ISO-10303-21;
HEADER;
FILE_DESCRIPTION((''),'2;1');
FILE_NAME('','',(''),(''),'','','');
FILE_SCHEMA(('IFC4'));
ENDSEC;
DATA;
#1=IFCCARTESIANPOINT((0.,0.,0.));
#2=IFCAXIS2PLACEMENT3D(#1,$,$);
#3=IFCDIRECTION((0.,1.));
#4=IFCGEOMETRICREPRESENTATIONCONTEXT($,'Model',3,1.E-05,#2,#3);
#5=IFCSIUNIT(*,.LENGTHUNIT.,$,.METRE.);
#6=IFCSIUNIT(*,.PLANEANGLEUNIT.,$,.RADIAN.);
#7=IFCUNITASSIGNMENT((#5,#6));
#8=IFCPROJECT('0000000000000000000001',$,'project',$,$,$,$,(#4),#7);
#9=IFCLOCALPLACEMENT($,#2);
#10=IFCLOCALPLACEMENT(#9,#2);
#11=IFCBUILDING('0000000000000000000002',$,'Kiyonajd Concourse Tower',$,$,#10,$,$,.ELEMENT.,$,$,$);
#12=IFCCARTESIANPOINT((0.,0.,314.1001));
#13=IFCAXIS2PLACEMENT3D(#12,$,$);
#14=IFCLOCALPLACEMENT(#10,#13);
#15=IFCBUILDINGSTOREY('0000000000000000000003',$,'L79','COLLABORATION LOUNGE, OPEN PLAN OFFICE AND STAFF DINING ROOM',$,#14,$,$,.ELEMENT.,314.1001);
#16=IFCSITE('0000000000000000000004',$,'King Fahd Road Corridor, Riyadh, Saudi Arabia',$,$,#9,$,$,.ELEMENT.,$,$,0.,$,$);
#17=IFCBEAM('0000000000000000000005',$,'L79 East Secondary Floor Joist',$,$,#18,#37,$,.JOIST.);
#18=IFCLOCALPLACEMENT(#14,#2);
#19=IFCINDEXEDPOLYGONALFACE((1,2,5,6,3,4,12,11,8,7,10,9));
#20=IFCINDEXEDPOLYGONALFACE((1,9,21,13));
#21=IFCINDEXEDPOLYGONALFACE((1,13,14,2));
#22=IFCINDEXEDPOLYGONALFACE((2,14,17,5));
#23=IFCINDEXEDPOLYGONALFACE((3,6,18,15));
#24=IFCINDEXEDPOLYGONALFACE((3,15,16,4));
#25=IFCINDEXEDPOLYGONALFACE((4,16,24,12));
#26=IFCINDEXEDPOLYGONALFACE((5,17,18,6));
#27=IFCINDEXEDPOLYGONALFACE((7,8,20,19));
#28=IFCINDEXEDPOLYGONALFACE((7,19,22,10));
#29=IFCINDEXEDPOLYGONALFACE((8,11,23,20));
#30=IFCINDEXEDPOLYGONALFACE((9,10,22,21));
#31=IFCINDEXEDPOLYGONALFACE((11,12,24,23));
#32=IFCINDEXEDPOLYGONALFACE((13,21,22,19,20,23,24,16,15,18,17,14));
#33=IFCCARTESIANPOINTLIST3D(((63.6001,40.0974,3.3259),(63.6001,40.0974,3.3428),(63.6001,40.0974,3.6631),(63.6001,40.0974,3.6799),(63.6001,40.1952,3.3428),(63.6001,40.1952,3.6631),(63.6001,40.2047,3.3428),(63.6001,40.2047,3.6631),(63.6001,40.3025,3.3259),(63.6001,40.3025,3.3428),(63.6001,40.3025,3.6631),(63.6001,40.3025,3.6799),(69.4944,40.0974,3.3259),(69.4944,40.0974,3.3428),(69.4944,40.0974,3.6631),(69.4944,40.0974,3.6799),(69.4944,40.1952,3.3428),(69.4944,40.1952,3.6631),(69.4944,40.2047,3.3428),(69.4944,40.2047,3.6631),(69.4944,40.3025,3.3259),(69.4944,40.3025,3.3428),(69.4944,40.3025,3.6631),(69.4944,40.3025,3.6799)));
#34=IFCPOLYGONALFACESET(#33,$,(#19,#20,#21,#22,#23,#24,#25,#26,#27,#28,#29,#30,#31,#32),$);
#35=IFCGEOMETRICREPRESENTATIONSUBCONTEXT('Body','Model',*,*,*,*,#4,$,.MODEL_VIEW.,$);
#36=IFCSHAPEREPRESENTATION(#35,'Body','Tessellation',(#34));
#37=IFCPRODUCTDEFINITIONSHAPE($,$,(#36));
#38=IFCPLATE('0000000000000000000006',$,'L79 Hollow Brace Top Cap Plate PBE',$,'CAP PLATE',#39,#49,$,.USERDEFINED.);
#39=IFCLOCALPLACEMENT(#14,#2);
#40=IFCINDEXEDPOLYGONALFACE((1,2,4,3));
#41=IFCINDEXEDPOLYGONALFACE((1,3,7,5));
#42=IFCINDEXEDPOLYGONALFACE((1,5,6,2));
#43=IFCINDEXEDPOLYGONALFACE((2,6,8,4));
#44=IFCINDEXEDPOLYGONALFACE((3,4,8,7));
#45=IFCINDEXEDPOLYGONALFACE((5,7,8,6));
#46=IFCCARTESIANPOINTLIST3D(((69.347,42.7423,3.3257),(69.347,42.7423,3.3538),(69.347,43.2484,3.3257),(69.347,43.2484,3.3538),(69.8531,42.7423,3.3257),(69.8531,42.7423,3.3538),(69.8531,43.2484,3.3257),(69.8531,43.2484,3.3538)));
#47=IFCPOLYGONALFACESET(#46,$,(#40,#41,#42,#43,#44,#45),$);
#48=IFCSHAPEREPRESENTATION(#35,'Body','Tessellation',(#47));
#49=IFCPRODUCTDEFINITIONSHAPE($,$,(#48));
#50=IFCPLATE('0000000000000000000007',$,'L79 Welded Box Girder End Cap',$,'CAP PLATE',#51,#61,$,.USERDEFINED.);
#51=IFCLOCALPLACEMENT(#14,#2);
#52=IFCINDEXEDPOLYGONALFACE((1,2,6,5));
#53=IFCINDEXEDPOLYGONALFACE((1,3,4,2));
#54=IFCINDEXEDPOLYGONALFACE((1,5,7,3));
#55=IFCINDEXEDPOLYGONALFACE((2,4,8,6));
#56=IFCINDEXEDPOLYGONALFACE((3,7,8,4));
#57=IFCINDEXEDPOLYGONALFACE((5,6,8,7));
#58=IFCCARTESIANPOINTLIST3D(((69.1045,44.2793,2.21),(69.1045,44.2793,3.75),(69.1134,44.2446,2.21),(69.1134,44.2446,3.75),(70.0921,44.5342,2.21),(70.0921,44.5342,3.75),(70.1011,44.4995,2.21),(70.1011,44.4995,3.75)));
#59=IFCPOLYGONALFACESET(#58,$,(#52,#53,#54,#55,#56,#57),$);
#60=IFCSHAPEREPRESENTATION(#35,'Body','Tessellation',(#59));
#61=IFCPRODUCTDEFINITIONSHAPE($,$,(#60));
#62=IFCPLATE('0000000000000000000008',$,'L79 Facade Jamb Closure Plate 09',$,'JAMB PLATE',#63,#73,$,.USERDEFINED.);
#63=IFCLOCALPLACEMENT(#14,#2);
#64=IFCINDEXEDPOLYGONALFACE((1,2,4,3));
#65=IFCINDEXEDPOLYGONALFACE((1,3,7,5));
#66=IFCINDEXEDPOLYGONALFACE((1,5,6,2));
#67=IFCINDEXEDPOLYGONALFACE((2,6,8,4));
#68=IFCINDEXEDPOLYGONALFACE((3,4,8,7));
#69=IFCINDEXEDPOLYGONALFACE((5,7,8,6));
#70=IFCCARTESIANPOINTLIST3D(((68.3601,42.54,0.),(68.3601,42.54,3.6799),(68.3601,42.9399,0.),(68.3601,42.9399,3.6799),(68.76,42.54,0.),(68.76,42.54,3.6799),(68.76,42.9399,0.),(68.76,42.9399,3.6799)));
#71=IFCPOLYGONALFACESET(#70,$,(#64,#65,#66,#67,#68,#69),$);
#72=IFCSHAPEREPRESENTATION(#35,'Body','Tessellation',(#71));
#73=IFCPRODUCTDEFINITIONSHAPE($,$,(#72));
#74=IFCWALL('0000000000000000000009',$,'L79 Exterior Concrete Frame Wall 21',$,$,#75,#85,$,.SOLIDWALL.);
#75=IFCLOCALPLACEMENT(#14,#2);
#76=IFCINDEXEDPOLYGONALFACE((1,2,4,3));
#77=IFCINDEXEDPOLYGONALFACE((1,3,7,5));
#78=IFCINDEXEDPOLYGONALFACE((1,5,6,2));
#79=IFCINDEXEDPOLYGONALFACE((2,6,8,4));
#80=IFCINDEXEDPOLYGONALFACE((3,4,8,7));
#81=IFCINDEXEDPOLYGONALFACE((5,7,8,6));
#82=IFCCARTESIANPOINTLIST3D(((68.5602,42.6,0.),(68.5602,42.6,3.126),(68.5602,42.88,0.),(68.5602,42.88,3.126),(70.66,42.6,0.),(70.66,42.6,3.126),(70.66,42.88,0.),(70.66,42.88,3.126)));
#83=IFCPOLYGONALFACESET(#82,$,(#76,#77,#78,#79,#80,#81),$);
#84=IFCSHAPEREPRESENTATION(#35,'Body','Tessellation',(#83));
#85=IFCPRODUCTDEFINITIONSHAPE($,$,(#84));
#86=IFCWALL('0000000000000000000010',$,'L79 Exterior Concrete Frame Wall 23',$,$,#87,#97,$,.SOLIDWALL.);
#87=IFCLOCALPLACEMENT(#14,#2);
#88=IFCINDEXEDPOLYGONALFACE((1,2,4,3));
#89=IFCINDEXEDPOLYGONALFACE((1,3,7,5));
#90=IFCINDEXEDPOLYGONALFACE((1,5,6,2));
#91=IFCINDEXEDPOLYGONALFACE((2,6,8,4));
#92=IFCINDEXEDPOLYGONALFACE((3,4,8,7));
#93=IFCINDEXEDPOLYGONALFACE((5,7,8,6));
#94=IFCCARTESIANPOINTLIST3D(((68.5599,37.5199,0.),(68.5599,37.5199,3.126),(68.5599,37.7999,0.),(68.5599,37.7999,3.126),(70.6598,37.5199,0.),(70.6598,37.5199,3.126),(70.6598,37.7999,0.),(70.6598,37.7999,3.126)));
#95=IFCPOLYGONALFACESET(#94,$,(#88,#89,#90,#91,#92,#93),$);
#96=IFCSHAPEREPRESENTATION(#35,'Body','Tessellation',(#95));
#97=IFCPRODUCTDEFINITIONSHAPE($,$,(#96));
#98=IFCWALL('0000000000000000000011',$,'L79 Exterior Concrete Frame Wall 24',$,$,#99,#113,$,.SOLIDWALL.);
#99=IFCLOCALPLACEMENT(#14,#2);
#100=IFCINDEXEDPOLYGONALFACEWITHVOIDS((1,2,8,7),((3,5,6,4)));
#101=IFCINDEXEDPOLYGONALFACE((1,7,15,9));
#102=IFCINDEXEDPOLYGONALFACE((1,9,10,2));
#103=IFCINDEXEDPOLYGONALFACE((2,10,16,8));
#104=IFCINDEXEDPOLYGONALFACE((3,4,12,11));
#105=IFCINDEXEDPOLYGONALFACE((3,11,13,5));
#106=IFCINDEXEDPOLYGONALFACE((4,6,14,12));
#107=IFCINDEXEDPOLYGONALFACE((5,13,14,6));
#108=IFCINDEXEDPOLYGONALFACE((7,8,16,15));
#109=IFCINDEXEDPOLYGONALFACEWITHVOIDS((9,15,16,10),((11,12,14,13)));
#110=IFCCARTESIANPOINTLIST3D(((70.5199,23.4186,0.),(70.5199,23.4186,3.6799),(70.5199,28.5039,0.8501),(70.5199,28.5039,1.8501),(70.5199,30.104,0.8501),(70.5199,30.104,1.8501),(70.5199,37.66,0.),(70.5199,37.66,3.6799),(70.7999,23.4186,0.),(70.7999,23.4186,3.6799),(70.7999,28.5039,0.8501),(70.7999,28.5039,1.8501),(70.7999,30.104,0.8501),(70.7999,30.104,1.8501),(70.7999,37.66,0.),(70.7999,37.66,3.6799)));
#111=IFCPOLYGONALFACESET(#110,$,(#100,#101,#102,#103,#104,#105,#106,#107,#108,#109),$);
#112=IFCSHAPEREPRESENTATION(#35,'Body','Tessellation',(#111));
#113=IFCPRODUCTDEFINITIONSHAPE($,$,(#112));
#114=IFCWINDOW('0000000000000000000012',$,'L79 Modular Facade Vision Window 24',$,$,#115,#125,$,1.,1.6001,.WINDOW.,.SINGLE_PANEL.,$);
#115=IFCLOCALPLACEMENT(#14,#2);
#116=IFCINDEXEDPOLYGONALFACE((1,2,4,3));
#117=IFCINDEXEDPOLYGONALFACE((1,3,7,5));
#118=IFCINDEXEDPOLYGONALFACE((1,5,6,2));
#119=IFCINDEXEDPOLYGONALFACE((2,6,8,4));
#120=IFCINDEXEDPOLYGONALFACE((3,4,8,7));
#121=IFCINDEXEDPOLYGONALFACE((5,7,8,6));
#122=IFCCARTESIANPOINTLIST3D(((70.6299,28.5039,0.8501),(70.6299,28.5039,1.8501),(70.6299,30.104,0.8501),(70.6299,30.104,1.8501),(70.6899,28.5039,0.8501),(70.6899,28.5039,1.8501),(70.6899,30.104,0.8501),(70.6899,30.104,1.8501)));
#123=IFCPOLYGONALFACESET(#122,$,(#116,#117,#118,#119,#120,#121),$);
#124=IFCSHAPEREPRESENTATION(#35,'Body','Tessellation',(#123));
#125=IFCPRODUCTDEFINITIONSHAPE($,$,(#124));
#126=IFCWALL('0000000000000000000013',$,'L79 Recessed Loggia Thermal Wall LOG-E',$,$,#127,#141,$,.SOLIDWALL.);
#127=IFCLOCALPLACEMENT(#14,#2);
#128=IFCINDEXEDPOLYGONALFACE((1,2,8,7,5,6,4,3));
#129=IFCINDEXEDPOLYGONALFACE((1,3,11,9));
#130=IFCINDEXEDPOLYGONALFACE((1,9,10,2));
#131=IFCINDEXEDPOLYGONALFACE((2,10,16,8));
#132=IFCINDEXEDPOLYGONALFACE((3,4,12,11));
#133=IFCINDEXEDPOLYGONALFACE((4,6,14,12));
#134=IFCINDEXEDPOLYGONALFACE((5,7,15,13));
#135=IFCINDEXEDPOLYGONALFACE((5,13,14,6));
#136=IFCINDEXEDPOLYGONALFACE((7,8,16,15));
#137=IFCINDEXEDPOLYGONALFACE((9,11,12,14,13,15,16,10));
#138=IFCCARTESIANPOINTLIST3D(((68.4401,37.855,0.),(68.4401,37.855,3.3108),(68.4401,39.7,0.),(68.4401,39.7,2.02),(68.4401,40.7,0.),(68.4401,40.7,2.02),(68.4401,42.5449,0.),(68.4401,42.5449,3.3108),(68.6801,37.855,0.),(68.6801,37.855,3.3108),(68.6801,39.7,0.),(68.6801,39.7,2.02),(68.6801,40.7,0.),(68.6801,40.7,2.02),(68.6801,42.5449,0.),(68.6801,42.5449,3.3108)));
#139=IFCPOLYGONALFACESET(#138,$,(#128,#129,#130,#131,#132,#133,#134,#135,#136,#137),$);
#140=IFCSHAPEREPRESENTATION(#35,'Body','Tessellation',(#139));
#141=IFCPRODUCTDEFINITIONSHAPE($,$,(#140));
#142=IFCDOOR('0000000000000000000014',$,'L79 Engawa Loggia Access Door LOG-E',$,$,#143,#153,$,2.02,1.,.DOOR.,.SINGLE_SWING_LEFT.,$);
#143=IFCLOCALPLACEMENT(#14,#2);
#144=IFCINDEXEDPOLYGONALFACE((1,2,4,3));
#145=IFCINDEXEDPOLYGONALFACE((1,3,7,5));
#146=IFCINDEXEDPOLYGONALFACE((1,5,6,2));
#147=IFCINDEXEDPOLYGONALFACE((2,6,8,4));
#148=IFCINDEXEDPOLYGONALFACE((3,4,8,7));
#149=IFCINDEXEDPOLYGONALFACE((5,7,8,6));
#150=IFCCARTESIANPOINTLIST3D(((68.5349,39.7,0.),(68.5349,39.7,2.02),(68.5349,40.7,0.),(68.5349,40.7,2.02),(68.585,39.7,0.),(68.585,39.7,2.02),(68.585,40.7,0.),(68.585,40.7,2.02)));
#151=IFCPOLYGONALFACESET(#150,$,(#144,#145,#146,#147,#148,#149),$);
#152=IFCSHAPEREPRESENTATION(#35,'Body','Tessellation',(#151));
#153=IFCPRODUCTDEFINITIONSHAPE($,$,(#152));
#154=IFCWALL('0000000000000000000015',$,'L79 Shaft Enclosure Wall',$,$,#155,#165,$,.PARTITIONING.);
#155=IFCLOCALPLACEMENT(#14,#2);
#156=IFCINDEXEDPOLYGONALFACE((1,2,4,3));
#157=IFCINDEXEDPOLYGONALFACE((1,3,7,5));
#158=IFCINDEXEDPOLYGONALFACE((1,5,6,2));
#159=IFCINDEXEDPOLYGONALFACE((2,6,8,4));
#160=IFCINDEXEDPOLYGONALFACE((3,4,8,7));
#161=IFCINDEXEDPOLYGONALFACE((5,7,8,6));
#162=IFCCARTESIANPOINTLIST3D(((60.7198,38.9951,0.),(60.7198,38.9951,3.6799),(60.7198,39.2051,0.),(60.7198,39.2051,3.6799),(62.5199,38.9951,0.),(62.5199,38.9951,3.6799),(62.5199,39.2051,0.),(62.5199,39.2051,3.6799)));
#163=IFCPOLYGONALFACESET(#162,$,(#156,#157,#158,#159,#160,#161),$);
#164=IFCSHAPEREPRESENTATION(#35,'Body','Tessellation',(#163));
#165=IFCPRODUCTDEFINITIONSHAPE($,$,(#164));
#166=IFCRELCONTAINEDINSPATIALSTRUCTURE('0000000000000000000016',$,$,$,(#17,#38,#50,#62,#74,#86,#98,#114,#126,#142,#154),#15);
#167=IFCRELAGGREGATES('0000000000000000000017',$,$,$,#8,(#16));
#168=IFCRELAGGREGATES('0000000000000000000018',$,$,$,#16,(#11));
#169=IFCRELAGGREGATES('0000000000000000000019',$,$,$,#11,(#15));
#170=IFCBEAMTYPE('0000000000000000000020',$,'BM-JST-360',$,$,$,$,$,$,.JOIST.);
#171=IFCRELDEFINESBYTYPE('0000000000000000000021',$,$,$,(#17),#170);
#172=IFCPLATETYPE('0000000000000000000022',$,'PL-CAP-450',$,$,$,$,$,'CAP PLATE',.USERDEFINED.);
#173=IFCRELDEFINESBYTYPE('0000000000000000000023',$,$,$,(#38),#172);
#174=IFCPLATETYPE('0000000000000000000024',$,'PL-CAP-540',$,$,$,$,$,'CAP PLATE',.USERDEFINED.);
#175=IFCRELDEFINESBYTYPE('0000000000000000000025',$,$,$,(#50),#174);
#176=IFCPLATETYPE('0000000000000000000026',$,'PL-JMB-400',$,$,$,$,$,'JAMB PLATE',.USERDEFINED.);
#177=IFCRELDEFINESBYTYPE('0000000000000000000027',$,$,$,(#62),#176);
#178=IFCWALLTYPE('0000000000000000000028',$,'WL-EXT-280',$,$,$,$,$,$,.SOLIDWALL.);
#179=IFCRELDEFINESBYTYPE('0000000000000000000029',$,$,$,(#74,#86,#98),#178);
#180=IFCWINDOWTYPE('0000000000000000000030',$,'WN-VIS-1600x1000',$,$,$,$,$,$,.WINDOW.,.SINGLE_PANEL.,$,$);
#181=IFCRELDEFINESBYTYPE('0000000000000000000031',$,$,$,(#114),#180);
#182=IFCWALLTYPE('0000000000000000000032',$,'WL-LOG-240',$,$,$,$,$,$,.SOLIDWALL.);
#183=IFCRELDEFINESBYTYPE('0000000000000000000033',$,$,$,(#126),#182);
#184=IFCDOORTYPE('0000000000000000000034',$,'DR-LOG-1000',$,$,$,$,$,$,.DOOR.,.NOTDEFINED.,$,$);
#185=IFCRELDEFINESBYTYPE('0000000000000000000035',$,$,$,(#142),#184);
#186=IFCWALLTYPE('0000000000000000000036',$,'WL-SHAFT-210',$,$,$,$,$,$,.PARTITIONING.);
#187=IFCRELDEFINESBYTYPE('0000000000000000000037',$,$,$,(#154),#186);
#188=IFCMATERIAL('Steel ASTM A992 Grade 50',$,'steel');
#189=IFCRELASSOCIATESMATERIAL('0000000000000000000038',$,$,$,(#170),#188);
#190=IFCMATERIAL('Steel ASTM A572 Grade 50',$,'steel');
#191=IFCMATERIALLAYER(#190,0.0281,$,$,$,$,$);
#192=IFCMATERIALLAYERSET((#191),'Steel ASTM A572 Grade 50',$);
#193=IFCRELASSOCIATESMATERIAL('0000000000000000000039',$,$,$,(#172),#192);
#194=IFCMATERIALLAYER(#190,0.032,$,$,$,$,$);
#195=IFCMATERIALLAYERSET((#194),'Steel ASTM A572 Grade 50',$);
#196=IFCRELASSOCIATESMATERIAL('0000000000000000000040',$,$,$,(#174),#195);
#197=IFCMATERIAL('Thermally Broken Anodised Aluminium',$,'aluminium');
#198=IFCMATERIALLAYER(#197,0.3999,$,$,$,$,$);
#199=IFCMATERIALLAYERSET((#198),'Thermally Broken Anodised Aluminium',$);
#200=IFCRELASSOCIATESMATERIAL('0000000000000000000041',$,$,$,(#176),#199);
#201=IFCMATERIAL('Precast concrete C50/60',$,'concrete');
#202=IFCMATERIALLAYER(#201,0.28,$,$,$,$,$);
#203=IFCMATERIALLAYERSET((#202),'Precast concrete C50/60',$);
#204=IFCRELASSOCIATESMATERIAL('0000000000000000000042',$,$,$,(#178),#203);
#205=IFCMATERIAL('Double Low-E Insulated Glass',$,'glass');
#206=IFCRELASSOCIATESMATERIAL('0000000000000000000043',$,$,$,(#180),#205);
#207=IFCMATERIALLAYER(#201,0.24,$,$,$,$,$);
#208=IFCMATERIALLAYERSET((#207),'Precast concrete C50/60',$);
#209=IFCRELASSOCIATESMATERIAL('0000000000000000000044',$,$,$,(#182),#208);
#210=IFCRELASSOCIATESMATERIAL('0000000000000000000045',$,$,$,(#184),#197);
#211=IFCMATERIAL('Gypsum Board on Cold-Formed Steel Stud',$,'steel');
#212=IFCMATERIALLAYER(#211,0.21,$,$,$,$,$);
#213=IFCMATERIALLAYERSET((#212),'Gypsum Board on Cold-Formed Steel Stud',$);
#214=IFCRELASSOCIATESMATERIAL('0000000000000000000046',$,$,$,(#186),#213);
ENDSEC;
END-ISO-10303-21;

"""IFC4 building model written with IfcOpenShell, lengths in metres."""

from ifc_helpers import new_model, si_unit, direction, frame, frame_2d, origin, origin_2d, place, context, subcontext, project, spatial, rectangle, i_section, extrude, material, layer, layer_set, material_profile, profile_set, type_object, element, fill, save


model = new_model("IFC4")

# Units and contexts
model_context = context("Model", 3, precision=1e-05, world=origin(), true_north=direction((0.0, 1.0)))
body_context = subcontext(model_context, "Body", "Model", "MODEL_VIEW")
ifc_project = project(units=[si_unit("LENGTHUNIT", "METRE"), si_unit("PLANEANGLEUNIT", "RADIAN")], contexts=[model_context])

# Site, building, storey
site_placement = place(None, origin())
site = spatial("IfcSite", under=ifc_project, at=site_placement, Name="King Fahd Road Corridor, Riyadh, Saudi Arabia", CompositionType="ELEMENT", RefElevation=0.0)
building_placement = place(site_placement, origin())
building = spatial("IfcBuilding", under=site, at=building_placement, Name="Kiyonajd Concourse Tower", CompositionType="ELEMENT")
storey_placement = place(building_placement, frame((0.0, 0.0, 314.1001)))
storey = spatial("IfcBuildingStorey", under=building, at=storey_placement, Name="L79", Description="COLLABORATION LOUNGE, OPEN PLAN OFFICE AND STAFF DINING ROOM", CompositionType="ELEMENT", Elevation=314.1001)

# Beam
ifc_material_1 = material(Name="Steel ASTM A992 Grade 50", Category="steel")
ifc_material_profile = material_profile(ifc_material_1, i_section(OverallWidth=0.2051, OverallDepth=0.354, WebThickness=0.0095, FlangeThickness=0.0168, at=origin_2d()), Name="W360X79")
ifc_profile_set = profile_set([ifc_material_profile], Name="Steel ASTM A992 Grade 50")
beam_type = type_object("IfcBeamType", Name="BM-JST-360", PredefinedType="JOIST", material=ifc_profile_set)
beam_placement = place(storey_placement, frame((63.6001, 40.2, 3.5029), z_axis=(1.0, 0.0, 0.0), x_axis=(0.0, 1.0, 0.0)))
element("IfcBeam", 1, at=beam_placement, inside=storey, type_object=beam_type, Name="L79 East Secondary Floor Joist", PredefinedType="JOIST", context=body_context, shape_type="SweptSolid", body=[
    extrude(i_section(OverallWidth=0.2051, OverallDepth=0.354, WebThickness=0.0095, FlangeThickness=0.0168, at=origin_2d()), origin(), (0.0, 0.0, 1.0), 5.8943),
])

# Plates
ifc_material_2 = material(Name="Steel ASTM A572 Grade 50", Category="steel")
ifc_layer_1 = layer(ifc_material_2, 0.0281)
ifc_layer_set_1 = layer_set([ifc_layer_1], Name="Steel ASTM A572 Grade 50")
plate_type_1 = type_object("IfcPlateType", Name="PL-CAP-450", ElementType="CAP PLATE", PredefinedType="USERDEFINED", material=ifc_layer_set_1)
plate_1_placement = place(storey_placement, frame((69.6001, 42.9954, 3.3257), z_axis=(0.0, 0.0, 1.0), x_axis=(1.0, 0.0, 0.0)))
element("IfcPlate", 2, at=plate_1_placement, inside=storey, type_object=plate_type_1, Name="L79 Hollow Brace Top Cap Plate PBE", ObjectType="CAP PLATE", PredefinedType="USERDEFINED", context=body_context, shape_type="SweptSolid", body=[
    extrude(rectangle(XDim=0.5061, YDim=0.5061, at=origin_2d()), origin(), (0.0, 0.0, 1.0), 0.0281),
])
ifc_layer_2 = layer(ifc_material_2, 0.032)
ifc_layer_set_2 = layer_set([ifc_layer_2], Name="Steel ASTM A572 Grade 50")
plate_type_2 = type_object("IfcPlateType", Name="PL-CAP-540", ElementType="CAP PLATE", PredefinedType="USERDEFINED", material=ifc_layer_set_2)
plate_2_placement = place(storey_placement, frame((69.6028, 44.3894, 2.21), z_axis=(0.0, 0.0, 1.0), x_axis=(0.249873, -0.968279, 0.0)))
element("IfcPlate", 3, at=plate_2_placement, inside=storey, type_object=plate_type_2, Name="L79 Welded Box Girder End Cap", ObjectType="CAP PLATE", PredefinedType="USERDEFINED", context=body_context, shape_type="SweptSolid", body=[
    extrude(rectangle(XDim=0.0359, YDim=1.02, at=origin_2d()), origin(), (0.0, 0.0, 1.0), 1.54),
])
ifc_material_3 = material(Name="Thermally Broken Anodised Aluminium", Category="aluminium")
ifc_layer_3 = layer(ifc_material_3, 0.3999)
ifc_layer_set_3 = layer_set([ifc_layer_3], Name="Thermally Broken Anodised Aluminium")
plate_type_3 = type_object("IfcPlateType", Name="PL-JMB-400", ElementType="JAMB PLATE", PredefinedType="USERDEFINED", material=ifc_layer_set_3)
plate_3_placement = place(storey_placement, frame((68.5601, 42.74, 0.0), z_axis=(0.0, 0.0, 1.0), x_axis=(1.0, 0.0, 0.0)))
element("IfcPlate", 4, at=plate_3_placement, inside=storey, type_object=plate_type_3, Name="L79 Facade Jamb Closure Plate 09", ObjectType="JAMB PLATE", PredefinedType="USERDEFINED", context=body_context, shape_type="SweptSolid", body=[
    extrude(rectangle(XDim=0.3999, YDim=0.3999, at=origin_2d()), origin(), (0.0, 0.0, 1.0), 3.6799),
])

# Walls
ifc_material_4 = material(Name="Precast concrete C50/60", Category="concrete")
ifc_layer_4 = layer(ifc_material_4, 0.28)
ifc_layer_set_4 = layer_set([ifc_layer_4], Name="Precast concrete C50/60")
wall_type_1 = type_object("IfcWallType", Name="WL-EXT-280", PredefinedType="SOLIDWALL", material=ifc_layer_set_4)
for number, where, z_axis, x_axis, name in (
    (5, (70.6599, 42.74, 0.0), (0.0, 0.0, 1.0), (-1.0, 0.0, 0.0), "L79 Exterior Concrete Frame Wall 21"),
    (6, (68.5601, 37.6599, 0.0), (0.0, 0.0, 1.0), (1.0, 0.0, 0.0), "L79 Exterior Concrete Frame Wall 23"),
):
    element("IfcWall", number, at=place(storey_placement, frame(where, z_axis=z_axis, x_axis=x_axis)), inside=storey, type_object=wall_type_1, Name=name, PredefinedType="SOLIDWALL", context=body_context, shape_type="SweptSolid", body=[
        extrude(rectangle(XDim=2.0999, YDim=0.28, at=frame_2d((1.0498, 0.0))), origin(), (0.0, 0.0, 1.0), 3.126),
    ])

# Wall, opening, window
wall_1_placement = place(storey_placement, frame((70.6599, 37.6599, 0.0), z_axis=(0.0, 0.0, 1.0), x_axis=(0.0, -1.0, 0.0)))
wall_1 = element("IfcWall", 7, at=wall_1_placement, inside=storey, type_object=wall_type_1, Name="L79 Exterior Concrete Frame Wall 24", PredefinedType="SOLIDWALL", context=body_context, shape_type="SweptSolid", body=[
    extrude(rectangle(XDim=14.2415, YDim=0.28, at=frame_2d((7.1206, 0.0))), origin(), (0.0, 0.0, 1.0), 3.6799),
])
opening_1_placement = place(wall_1_placement, frame((7.5559, 0.0, 0.8501)))
opening_1 = element("IfcOpeningElement", 8, at=opening_1_placement, cuts=wall_1, PredefinedType="OPENING", context=body_context, shape_type="SweptSolid", body=[
    extrude(rectangle(XDim=1.6001, YDim=1.0, at=frame_2d((0.8, 0.5))), frame((0.0, 0.1499, 0.0), z_axis=(0.0, -1.0, 0.0), x_axis=(1.0, 0.0, 0.0)), (0.0, 0.0, 1.0), 0.3),
])
ifc_material_5 = material(Name="Double Low-E Insulated Glass", Category="glass")
window_type = type_object("IfcWindowType", Name="WN-VIS-1600x1000", PartitioningType="SINGLE_PANEL", PredefinedType="WINDOW", material=ifc_material_5)
window_placement = place(opening_1_placement, origin())
window = element("IfcWindow", 9, at=window_placement, inside=storey, type_object=window_type, Name="L79 Modular Facade Vision Window 24", OverallHeight=1.0, OverallWidth=1.6001, PartitioningType="SINGLE_PANEL", PredefinedType="WINDOW", context=body_context, shape_type="SweptSolid", body=[
    extrude(rectangle(XDim=1.6001, YDim=1.0, at=frame_2d((0.8, 0.5))), frame((0.0, 0.03, 0.0), z_axis=(0.0, -1.0, 0.0), x_axis=(1.0, 0.0, 0.0)), (0.0, 0.0, 1.0), 0.0601),
])
fill(opening_1, window)

# Wall, opening, door
ifc_layer_5 = layer(ifc_material_4, 0.24)
ifc_layer_set_5 = layer_set([ifc_layer_5], Name="Precast concrete C50/60")
wall_type_2 = type_object("IfcWallType", Name="WL-LOG-240", PredefinedType="SOLIDWALL", material=ifc_layer_set_5)
wall_2_placement = place(storey_placement, frame((68.5601, 42.5449, 0.0), z_axis=(0.0, 0.0, 1.0), x_axis=(0.0, -1.0, 0.0)))
wall_2 = element("IfcWall", 10, at=wall_2_placement, inside=storey, type_object=wall_type_2, Name="L79 Recessed Loggia Thermal Wall LOG-E", PredefinedType="SOLIDWALL", context=body_context, shape_type="SweptSolid", body=[
    extrude(rectangle(XDim=4.6899, YDim=0.24, at=frame_2d((2.345, 0.0))), origin(), (0.0, 0.0, 1.0), 3.3108),
])
opening_2_placement = place(wall_2_placement, frame((1.845, 0.0, 0.0)))
opening_2 = element("IfcOpeningElement", 11, at=opening_2_placement, cuts=wall_2, PredefinedType="OPENING", context=body_context, shape_type="SweptSolid", body=[
    extrude(rectangle(XDim=1.0, YDim=2.02, at=frame_2d((0.5, 1.01))), frame((0.0, 0.1299, 0.0), z_axis=(0.0, -1.0, 0.0), x_axis=(1.0, 0.0, 0.0)), (0.0, 0.0, 1.0), 0.26),
])
door_type_1 = type_object("IfcDoorType", Name="DR-LOG-1000", OperationType="NOTDEFINED", PredefinedType="DOOR", material=ifc_material_3)
door_1_placement = place(opening_2_placement, origin())
door_1 = element("IfcDoor", 12, at=door_1_placement, inside=storey, type_object=door_type_1, Name="L79 Engawa Loggia Access Door LOG-E", OperationType="SINGLE_SWING_LEFT", OverallHeight=2.02, OverallWidth=1.0, PredefinedType="DOOR", context=body_context, shape_type="SweptSolid", body=[
    extrude(rectangle(XDim=1.0, YDim=2.02, at=frame_2d((0.5, 1.01))), frame((0.0, 0.0249, 0.0), z_axis=(0.0, -1.0, 0.0), x_axis=(1.0, 0.0, 0.0)), (0.0, 0.0, 1.0), 0.05),
])
fill(opening_2, door_1)

# Wall
ifc_material_6 = material(Name="Gypsum Board on Cold-Formed Steel Stud", Category="steel")
ifc_layer_6 = layer(ifc_material_6, 0.21)
ifc_layer_set_6 = layer_set([ifc_layer_6], Name="Gypsum Board on Cold-Formed Steel Stud")
wall_type_3 = type_object("IfcWallType", Name="WL-SHAFT-210", PredefinedType="PARTITIONING", material=ifc_layer_set_6)
wall_3_placement = place(storey_placement, frame((60.72, 39.1001, 0.0), z_axis=(0.0, 0.0, 1.0), x_axis=(1.0, 0.0, 0.0)))
element("IfcWall", 13, at=wall_3_placement, inside=storey, type_object=wall_type_3, Name="L79 Shaft Enclosure Wall", PredefinedType="PARTITIONING", context=body_context, shape_type="SweptSolid", body=[
    extrude(rectangle(XDim=1.8, YDim=0.21, at=frame_2d((0.8999, 0.0))), origin(), (0.0, 0.0, 1.0), 3.6799),
])

save(model, "model.ifc")
